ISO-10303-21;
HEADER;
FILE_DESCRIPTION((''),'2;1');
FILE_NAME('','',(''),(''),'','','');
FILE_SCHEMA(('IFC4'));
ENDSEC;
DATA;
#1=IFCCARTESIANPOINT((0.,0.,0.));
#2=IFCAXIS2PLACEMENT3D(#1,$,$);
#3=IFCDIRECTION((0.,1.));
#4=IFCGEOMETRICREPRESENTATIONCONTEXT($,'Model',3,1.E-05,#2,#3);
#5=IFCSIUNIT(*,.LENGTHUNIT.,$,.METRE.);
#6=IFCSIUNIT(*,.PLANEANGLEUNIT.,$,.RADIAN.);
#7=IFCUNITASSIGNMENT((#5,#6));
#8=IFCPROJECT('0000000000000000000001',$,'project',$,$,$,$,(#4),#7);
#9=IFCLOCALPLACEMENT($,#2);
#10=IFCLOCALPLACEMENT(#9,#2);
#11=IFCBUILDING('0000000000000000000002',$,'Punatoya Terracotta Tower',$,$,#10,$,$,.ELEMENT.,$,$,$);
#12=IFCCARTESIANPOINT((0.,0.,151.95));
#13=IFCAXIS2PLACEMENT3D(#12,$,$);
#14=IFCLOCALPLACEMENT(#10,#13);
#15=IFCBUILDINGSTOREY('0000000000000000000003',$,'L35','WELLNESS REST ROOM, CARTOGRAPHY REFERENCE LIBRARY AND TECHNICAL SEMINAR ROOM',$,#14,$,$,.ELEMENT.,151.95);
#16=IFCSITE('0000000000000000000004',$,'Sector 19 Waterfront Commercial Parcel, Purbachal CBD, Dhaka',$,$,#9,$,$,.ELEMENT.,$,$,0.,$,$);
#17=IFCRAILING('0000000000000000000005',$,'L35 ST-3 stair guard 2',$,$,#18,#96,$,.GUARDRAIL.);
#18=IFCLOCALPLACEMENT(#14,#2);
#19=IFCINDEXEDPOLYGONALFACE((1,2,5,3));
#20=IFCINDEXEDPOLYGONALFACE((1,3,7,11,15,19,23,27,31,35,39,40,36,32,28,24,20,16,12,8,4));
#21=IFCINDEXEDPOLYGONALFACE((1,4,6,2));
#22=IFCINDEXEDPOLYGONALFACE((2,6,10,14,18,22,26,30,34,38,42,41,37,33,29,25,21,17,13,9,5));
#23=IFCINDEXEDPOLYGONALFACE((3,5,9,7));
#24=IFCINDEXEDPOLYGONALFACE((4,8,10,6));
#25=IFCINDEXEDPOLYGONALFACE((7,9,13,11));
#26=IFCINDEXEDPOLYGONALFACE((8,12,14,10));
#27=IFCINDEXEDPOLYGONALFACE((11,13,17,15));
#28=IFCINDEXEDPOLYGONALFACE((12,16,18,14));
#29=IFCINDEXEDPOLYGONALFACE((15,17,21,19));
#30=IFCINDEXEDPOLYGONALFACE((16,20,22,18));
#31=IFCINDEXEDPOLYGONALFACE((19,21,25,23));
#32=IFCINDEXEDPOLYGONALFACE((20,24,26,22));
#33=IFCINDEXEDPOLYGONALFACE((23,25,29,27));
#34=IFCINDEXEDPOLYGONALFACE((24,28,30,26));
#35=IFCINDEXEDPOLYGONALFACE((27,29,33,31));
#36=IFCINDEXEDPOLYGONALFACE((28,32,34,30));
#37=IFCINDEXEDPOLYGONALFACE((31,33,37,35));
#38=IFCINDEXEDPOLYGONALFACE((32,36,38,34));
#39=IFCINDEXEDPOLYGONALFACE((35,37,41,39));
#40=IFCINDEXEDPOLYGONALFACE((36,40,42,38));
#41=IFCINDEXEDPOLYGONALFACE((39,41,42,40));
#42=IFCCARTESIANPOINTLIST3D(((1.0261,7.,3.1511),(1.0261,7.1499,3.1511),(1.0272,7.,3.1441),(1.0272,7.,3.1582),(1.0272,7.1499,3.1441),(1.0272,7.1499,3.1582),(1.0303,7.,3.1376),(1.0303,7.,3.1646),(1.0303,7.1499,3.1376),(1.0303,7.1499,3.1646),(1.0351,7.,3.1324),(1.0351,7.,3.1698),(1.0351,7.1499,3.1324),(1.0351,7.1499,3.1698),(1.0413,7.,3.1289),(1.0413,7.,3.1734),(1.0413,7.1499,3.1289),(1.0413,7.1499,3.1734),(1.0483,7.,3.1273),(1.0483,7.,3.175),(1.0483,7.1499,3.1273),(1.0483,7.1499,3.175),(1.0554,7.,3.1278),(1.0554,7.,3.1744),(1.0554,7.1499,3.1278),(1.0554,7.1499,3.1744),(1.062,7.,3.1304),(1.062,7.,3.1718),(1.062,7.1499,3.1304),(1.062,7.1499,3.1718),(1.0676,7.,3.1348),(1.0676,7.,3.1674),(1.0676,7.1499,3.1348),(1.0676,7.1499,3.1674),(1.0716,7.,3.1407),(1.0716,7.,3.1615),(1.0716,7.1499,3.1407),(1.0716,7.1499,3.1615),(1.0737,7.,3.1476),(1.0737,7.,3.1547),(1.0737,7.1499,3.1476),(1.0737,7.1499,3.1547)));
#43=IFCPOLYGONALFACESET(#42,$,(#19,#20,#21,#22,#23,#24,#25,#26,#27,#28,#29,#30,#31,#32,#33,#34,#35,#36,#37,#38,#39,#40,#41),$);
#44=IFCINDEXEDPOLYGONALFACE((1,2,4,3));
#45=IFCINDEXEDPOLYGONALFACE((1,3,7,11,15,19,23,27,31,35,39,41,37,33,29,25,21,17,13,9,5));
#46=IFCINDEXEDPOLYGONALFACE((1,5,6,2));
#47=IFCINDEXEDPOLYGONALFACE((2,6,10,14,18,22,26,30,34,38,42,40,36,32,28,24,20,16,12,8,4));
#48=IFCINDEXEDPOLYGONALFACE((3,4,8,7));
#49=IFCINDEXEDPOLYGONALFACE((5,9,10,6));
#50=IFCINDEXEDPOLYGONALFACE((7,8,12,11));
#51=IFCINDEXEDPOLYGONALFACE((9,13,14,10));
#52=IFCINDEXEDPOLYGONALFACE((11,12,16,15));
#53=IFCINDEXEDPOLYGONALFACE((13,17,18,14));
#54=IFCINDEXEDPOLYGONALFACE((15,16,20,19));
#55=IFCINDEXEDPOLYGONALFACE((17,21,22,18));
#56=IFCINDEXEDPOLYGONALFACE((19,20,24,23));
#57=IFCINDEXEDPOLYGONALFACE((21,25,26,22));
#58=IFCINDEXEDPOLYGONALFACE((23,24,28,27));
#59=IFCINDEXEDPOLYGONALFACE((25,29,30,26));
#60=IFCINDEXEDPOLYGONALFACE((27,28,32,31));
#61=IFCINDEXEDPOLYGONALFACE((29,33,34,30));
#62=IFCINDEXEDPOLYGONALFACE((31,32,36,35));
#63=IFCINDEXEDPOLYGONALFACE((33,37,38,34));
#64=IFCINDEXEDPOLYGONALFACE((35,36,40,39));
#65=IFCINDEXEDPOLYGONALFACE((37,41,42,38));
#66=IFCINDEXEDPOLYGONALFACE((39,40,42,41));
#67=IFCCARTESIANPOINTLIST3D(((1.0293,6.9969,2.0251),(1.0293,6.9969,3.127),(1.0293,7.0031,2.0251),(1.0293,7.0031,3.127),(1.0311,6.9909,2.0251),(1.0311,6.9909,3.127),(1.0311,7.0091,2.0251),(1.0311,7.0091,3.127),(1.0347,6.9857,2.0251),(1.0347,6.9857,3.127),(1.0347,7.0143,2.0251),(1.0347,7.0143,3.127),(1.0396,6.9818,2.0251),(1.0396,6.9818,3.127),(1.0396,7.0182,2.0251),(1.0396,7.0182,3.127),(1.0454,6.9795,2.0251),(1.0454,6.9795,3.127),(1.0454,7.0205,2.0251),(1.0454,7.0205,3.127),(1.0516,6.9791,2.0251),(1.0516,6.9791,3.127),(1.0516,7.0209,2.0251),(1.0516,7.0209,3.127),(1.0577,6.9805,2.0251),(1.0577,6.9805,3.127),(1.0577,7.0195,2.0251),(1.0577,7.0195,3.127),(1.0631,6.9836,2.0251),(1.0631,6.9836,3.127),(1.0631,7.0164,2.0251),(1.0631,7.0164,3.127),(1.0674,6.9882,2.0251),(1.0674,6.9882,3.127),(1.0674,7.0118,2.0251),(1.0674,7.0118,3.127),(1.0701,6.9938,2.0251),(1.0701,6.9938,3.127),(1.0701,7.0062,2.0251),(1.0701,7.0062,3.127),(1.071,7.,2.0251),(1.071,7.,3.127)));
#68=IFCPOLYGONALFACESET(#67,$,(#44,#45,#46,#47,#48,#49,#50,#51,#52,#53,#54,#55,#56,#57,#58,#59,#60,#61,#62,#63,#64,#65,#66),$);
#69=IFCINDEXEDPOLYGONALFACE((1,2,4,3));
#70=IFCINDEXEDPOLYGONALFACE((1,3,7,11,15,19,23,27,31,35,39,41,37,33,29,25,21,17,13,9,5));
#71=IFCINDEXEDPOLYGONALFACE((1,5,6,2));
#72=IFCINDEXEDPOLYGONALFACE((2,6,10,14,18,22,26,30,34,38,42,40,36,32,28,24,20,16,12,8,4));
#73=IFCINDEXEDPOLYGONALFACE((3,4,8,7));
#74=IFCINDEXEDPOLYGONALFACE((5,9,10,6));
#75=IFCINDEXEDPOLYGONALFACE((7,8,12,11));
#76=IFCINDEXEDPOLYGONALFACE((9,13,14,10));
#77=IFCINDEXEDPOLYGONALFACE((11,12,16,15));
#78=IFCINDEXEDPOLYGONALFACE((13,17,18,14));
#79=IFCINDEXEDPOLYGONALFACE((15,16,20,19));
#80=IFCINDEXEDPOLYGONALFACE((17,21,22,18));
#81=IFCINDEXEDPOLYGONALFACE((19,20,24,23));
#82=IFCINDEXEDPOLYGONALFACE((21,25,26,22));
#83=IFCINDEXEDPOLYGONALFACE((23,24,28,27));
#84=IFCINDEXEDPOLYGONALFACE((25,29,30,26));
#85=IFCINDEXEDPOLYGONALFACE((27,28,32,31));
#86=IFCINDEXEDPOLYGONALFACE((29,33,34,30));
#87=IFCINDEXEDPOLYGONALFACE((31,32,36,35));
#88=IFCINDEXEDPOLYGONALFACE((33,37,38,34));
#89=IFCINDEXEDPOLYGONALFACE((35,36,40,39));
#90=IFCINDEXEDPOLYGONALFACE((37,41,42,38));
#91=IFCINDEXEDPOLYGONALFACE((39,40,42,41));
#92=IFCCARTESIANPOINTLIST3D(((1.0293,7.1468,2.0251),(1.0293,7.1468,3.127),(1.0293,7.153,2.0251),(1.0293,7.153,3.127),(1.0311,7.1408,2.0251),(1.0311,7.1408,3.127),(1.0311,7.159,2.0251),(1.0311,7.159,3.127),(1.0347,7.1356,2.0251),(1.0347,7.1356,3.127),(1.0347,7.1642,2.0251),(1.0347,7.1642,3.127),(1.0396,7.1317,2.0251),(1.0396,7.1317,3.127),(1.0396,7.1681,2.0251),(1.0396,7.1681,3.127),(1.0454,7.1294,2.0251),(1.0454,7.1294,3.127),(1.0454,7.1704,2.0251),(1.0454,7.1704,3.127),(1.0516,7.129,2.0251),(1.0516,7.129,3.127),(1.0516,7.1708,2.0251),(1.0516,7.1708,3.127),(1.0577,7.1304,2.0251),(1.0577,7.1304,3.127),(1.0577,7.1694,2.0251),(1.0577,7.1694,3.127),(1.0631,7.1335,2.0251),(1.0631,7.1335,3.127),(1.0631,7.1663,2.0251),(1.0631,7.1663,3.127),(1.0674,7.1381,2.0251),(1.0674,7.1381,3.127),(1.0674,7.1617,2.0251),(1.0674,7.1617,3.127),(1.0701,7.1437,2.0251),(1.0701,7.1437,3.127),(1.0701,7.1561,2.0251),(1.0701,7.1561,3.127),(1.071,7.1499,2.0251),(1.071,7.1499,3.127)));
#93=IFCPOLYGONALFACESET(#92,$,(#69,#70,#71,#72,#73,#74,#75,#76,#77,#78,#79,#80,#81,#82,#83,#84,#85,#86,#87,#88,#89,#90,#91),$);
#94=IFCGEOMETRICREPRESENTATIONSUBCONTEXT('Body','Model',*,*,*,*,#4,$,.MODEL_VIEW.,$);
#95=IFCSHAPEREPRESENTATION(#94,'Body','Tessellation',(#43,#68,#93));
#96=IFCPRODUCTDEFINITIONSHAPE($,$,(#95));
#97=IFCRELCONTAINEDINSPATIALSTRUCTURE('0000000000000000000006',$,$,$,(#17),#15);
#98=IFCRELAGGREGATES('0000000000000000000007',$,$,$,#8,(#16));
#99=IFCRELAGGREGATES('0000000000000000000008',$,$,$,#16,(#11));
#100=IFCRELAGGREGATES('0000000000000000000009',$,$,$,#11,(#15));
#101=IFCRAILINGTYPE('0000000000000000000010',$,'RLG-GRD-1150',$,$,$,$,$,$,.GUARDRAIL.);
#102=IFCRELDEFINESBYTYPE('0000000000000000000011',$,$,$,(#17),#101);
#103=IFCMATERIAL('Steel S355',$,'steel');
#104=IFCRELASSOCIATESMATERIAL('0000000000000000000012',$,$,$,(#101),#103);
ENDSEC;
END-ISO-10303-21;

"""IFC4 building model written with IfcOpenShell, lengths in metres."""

from ifc_helpers import new_model, si_unit, direction, frame, origin, origin_2d, place, context, subcontext, project, spatial, circle, extrude, material, type_object, element, save


model = new_model("IFC4")

# Units and contexts
model_context = context("Model", 3, precision=1e-05, world=origin(), true_north=direction((0.0, 1.0)))
body_context = subcontext(model_context, "Body", "Model", "MODEL_VIEW")
ifc_project = project(units=[si_unit("LENGTHUNIT", "METRE"), si_unit("PLANEANGLEUNIT", "RADIAN")], contexts=[model_context])

# Site, building, storey
site_placement = place(None, origin())
site = spatial("IfcSite", under=ifc_project, at=site_placement, Name="Sector 19 Waterfront Commercial Parcel, Purbachal CBD, Dhaka", CompositionType="ELEMENT", RefElevation=0.0)
building_placement = place(site_placement, origin())
building = spatial("IfcBuilding", under=site, at=building_placement, Name="Punatoya Terracotta Tower", CompositionType="ELEMENT")
storey_placement = place(building_placement, frame((0.0, 0.0, 151.95)))
storey = spatial("IfcBuildingStorey", under=building, at=storey_placement, Name="L35", Description="WELLNESS REST ROOM, CARTOGRAPHY REFERENCE LIBRARY AND TECHNICAL SEMINAR ROOM", CompositionType="ELEMENT", Elevation=151.95)

# Shared definitions
ifc_material_1 = material(Name="Steel S355", Category="steel")

# Railing
railing_type_1 = type_object("IfcRailingType", Name="RLG-GRD-1150", PredefinedType="GUARDRAIL", material=ifc_material_1)
railing_1_placement = place(storey_placement, frame((1.05, 7.0, 2.0251)))
element("IfcRailing", 1, at=railing_1_placement, inside=storey, type_object=railing_type_1, Name="L35 ST-3 stair guard 2", PredefinedType="GUARDRAIL", context=body_context, shape_type="SweptSolid", body=[
    extrude(circle(Radius=0.0239, at=origin_2d()), frame((0.0, 0.0, 1.126), z_axis=(0.0, 1.0, 0.0), x_axis=(-1.0, 0.0, 0.0)), (0.0, 0.0, 1.0), 0.1499),
    extrude(circle(Radius=0.021, at=origin_2d()), origin(), (0.0, 0.0, 1.0), 1.1018),
    extrude(circle(Radius=0.021, at=origin_2d()), frame((0.0, 0.1499, 0.0)), (0.0, 0.0, 1.0), 1.1018),
])

save(model, "model.ifc")
